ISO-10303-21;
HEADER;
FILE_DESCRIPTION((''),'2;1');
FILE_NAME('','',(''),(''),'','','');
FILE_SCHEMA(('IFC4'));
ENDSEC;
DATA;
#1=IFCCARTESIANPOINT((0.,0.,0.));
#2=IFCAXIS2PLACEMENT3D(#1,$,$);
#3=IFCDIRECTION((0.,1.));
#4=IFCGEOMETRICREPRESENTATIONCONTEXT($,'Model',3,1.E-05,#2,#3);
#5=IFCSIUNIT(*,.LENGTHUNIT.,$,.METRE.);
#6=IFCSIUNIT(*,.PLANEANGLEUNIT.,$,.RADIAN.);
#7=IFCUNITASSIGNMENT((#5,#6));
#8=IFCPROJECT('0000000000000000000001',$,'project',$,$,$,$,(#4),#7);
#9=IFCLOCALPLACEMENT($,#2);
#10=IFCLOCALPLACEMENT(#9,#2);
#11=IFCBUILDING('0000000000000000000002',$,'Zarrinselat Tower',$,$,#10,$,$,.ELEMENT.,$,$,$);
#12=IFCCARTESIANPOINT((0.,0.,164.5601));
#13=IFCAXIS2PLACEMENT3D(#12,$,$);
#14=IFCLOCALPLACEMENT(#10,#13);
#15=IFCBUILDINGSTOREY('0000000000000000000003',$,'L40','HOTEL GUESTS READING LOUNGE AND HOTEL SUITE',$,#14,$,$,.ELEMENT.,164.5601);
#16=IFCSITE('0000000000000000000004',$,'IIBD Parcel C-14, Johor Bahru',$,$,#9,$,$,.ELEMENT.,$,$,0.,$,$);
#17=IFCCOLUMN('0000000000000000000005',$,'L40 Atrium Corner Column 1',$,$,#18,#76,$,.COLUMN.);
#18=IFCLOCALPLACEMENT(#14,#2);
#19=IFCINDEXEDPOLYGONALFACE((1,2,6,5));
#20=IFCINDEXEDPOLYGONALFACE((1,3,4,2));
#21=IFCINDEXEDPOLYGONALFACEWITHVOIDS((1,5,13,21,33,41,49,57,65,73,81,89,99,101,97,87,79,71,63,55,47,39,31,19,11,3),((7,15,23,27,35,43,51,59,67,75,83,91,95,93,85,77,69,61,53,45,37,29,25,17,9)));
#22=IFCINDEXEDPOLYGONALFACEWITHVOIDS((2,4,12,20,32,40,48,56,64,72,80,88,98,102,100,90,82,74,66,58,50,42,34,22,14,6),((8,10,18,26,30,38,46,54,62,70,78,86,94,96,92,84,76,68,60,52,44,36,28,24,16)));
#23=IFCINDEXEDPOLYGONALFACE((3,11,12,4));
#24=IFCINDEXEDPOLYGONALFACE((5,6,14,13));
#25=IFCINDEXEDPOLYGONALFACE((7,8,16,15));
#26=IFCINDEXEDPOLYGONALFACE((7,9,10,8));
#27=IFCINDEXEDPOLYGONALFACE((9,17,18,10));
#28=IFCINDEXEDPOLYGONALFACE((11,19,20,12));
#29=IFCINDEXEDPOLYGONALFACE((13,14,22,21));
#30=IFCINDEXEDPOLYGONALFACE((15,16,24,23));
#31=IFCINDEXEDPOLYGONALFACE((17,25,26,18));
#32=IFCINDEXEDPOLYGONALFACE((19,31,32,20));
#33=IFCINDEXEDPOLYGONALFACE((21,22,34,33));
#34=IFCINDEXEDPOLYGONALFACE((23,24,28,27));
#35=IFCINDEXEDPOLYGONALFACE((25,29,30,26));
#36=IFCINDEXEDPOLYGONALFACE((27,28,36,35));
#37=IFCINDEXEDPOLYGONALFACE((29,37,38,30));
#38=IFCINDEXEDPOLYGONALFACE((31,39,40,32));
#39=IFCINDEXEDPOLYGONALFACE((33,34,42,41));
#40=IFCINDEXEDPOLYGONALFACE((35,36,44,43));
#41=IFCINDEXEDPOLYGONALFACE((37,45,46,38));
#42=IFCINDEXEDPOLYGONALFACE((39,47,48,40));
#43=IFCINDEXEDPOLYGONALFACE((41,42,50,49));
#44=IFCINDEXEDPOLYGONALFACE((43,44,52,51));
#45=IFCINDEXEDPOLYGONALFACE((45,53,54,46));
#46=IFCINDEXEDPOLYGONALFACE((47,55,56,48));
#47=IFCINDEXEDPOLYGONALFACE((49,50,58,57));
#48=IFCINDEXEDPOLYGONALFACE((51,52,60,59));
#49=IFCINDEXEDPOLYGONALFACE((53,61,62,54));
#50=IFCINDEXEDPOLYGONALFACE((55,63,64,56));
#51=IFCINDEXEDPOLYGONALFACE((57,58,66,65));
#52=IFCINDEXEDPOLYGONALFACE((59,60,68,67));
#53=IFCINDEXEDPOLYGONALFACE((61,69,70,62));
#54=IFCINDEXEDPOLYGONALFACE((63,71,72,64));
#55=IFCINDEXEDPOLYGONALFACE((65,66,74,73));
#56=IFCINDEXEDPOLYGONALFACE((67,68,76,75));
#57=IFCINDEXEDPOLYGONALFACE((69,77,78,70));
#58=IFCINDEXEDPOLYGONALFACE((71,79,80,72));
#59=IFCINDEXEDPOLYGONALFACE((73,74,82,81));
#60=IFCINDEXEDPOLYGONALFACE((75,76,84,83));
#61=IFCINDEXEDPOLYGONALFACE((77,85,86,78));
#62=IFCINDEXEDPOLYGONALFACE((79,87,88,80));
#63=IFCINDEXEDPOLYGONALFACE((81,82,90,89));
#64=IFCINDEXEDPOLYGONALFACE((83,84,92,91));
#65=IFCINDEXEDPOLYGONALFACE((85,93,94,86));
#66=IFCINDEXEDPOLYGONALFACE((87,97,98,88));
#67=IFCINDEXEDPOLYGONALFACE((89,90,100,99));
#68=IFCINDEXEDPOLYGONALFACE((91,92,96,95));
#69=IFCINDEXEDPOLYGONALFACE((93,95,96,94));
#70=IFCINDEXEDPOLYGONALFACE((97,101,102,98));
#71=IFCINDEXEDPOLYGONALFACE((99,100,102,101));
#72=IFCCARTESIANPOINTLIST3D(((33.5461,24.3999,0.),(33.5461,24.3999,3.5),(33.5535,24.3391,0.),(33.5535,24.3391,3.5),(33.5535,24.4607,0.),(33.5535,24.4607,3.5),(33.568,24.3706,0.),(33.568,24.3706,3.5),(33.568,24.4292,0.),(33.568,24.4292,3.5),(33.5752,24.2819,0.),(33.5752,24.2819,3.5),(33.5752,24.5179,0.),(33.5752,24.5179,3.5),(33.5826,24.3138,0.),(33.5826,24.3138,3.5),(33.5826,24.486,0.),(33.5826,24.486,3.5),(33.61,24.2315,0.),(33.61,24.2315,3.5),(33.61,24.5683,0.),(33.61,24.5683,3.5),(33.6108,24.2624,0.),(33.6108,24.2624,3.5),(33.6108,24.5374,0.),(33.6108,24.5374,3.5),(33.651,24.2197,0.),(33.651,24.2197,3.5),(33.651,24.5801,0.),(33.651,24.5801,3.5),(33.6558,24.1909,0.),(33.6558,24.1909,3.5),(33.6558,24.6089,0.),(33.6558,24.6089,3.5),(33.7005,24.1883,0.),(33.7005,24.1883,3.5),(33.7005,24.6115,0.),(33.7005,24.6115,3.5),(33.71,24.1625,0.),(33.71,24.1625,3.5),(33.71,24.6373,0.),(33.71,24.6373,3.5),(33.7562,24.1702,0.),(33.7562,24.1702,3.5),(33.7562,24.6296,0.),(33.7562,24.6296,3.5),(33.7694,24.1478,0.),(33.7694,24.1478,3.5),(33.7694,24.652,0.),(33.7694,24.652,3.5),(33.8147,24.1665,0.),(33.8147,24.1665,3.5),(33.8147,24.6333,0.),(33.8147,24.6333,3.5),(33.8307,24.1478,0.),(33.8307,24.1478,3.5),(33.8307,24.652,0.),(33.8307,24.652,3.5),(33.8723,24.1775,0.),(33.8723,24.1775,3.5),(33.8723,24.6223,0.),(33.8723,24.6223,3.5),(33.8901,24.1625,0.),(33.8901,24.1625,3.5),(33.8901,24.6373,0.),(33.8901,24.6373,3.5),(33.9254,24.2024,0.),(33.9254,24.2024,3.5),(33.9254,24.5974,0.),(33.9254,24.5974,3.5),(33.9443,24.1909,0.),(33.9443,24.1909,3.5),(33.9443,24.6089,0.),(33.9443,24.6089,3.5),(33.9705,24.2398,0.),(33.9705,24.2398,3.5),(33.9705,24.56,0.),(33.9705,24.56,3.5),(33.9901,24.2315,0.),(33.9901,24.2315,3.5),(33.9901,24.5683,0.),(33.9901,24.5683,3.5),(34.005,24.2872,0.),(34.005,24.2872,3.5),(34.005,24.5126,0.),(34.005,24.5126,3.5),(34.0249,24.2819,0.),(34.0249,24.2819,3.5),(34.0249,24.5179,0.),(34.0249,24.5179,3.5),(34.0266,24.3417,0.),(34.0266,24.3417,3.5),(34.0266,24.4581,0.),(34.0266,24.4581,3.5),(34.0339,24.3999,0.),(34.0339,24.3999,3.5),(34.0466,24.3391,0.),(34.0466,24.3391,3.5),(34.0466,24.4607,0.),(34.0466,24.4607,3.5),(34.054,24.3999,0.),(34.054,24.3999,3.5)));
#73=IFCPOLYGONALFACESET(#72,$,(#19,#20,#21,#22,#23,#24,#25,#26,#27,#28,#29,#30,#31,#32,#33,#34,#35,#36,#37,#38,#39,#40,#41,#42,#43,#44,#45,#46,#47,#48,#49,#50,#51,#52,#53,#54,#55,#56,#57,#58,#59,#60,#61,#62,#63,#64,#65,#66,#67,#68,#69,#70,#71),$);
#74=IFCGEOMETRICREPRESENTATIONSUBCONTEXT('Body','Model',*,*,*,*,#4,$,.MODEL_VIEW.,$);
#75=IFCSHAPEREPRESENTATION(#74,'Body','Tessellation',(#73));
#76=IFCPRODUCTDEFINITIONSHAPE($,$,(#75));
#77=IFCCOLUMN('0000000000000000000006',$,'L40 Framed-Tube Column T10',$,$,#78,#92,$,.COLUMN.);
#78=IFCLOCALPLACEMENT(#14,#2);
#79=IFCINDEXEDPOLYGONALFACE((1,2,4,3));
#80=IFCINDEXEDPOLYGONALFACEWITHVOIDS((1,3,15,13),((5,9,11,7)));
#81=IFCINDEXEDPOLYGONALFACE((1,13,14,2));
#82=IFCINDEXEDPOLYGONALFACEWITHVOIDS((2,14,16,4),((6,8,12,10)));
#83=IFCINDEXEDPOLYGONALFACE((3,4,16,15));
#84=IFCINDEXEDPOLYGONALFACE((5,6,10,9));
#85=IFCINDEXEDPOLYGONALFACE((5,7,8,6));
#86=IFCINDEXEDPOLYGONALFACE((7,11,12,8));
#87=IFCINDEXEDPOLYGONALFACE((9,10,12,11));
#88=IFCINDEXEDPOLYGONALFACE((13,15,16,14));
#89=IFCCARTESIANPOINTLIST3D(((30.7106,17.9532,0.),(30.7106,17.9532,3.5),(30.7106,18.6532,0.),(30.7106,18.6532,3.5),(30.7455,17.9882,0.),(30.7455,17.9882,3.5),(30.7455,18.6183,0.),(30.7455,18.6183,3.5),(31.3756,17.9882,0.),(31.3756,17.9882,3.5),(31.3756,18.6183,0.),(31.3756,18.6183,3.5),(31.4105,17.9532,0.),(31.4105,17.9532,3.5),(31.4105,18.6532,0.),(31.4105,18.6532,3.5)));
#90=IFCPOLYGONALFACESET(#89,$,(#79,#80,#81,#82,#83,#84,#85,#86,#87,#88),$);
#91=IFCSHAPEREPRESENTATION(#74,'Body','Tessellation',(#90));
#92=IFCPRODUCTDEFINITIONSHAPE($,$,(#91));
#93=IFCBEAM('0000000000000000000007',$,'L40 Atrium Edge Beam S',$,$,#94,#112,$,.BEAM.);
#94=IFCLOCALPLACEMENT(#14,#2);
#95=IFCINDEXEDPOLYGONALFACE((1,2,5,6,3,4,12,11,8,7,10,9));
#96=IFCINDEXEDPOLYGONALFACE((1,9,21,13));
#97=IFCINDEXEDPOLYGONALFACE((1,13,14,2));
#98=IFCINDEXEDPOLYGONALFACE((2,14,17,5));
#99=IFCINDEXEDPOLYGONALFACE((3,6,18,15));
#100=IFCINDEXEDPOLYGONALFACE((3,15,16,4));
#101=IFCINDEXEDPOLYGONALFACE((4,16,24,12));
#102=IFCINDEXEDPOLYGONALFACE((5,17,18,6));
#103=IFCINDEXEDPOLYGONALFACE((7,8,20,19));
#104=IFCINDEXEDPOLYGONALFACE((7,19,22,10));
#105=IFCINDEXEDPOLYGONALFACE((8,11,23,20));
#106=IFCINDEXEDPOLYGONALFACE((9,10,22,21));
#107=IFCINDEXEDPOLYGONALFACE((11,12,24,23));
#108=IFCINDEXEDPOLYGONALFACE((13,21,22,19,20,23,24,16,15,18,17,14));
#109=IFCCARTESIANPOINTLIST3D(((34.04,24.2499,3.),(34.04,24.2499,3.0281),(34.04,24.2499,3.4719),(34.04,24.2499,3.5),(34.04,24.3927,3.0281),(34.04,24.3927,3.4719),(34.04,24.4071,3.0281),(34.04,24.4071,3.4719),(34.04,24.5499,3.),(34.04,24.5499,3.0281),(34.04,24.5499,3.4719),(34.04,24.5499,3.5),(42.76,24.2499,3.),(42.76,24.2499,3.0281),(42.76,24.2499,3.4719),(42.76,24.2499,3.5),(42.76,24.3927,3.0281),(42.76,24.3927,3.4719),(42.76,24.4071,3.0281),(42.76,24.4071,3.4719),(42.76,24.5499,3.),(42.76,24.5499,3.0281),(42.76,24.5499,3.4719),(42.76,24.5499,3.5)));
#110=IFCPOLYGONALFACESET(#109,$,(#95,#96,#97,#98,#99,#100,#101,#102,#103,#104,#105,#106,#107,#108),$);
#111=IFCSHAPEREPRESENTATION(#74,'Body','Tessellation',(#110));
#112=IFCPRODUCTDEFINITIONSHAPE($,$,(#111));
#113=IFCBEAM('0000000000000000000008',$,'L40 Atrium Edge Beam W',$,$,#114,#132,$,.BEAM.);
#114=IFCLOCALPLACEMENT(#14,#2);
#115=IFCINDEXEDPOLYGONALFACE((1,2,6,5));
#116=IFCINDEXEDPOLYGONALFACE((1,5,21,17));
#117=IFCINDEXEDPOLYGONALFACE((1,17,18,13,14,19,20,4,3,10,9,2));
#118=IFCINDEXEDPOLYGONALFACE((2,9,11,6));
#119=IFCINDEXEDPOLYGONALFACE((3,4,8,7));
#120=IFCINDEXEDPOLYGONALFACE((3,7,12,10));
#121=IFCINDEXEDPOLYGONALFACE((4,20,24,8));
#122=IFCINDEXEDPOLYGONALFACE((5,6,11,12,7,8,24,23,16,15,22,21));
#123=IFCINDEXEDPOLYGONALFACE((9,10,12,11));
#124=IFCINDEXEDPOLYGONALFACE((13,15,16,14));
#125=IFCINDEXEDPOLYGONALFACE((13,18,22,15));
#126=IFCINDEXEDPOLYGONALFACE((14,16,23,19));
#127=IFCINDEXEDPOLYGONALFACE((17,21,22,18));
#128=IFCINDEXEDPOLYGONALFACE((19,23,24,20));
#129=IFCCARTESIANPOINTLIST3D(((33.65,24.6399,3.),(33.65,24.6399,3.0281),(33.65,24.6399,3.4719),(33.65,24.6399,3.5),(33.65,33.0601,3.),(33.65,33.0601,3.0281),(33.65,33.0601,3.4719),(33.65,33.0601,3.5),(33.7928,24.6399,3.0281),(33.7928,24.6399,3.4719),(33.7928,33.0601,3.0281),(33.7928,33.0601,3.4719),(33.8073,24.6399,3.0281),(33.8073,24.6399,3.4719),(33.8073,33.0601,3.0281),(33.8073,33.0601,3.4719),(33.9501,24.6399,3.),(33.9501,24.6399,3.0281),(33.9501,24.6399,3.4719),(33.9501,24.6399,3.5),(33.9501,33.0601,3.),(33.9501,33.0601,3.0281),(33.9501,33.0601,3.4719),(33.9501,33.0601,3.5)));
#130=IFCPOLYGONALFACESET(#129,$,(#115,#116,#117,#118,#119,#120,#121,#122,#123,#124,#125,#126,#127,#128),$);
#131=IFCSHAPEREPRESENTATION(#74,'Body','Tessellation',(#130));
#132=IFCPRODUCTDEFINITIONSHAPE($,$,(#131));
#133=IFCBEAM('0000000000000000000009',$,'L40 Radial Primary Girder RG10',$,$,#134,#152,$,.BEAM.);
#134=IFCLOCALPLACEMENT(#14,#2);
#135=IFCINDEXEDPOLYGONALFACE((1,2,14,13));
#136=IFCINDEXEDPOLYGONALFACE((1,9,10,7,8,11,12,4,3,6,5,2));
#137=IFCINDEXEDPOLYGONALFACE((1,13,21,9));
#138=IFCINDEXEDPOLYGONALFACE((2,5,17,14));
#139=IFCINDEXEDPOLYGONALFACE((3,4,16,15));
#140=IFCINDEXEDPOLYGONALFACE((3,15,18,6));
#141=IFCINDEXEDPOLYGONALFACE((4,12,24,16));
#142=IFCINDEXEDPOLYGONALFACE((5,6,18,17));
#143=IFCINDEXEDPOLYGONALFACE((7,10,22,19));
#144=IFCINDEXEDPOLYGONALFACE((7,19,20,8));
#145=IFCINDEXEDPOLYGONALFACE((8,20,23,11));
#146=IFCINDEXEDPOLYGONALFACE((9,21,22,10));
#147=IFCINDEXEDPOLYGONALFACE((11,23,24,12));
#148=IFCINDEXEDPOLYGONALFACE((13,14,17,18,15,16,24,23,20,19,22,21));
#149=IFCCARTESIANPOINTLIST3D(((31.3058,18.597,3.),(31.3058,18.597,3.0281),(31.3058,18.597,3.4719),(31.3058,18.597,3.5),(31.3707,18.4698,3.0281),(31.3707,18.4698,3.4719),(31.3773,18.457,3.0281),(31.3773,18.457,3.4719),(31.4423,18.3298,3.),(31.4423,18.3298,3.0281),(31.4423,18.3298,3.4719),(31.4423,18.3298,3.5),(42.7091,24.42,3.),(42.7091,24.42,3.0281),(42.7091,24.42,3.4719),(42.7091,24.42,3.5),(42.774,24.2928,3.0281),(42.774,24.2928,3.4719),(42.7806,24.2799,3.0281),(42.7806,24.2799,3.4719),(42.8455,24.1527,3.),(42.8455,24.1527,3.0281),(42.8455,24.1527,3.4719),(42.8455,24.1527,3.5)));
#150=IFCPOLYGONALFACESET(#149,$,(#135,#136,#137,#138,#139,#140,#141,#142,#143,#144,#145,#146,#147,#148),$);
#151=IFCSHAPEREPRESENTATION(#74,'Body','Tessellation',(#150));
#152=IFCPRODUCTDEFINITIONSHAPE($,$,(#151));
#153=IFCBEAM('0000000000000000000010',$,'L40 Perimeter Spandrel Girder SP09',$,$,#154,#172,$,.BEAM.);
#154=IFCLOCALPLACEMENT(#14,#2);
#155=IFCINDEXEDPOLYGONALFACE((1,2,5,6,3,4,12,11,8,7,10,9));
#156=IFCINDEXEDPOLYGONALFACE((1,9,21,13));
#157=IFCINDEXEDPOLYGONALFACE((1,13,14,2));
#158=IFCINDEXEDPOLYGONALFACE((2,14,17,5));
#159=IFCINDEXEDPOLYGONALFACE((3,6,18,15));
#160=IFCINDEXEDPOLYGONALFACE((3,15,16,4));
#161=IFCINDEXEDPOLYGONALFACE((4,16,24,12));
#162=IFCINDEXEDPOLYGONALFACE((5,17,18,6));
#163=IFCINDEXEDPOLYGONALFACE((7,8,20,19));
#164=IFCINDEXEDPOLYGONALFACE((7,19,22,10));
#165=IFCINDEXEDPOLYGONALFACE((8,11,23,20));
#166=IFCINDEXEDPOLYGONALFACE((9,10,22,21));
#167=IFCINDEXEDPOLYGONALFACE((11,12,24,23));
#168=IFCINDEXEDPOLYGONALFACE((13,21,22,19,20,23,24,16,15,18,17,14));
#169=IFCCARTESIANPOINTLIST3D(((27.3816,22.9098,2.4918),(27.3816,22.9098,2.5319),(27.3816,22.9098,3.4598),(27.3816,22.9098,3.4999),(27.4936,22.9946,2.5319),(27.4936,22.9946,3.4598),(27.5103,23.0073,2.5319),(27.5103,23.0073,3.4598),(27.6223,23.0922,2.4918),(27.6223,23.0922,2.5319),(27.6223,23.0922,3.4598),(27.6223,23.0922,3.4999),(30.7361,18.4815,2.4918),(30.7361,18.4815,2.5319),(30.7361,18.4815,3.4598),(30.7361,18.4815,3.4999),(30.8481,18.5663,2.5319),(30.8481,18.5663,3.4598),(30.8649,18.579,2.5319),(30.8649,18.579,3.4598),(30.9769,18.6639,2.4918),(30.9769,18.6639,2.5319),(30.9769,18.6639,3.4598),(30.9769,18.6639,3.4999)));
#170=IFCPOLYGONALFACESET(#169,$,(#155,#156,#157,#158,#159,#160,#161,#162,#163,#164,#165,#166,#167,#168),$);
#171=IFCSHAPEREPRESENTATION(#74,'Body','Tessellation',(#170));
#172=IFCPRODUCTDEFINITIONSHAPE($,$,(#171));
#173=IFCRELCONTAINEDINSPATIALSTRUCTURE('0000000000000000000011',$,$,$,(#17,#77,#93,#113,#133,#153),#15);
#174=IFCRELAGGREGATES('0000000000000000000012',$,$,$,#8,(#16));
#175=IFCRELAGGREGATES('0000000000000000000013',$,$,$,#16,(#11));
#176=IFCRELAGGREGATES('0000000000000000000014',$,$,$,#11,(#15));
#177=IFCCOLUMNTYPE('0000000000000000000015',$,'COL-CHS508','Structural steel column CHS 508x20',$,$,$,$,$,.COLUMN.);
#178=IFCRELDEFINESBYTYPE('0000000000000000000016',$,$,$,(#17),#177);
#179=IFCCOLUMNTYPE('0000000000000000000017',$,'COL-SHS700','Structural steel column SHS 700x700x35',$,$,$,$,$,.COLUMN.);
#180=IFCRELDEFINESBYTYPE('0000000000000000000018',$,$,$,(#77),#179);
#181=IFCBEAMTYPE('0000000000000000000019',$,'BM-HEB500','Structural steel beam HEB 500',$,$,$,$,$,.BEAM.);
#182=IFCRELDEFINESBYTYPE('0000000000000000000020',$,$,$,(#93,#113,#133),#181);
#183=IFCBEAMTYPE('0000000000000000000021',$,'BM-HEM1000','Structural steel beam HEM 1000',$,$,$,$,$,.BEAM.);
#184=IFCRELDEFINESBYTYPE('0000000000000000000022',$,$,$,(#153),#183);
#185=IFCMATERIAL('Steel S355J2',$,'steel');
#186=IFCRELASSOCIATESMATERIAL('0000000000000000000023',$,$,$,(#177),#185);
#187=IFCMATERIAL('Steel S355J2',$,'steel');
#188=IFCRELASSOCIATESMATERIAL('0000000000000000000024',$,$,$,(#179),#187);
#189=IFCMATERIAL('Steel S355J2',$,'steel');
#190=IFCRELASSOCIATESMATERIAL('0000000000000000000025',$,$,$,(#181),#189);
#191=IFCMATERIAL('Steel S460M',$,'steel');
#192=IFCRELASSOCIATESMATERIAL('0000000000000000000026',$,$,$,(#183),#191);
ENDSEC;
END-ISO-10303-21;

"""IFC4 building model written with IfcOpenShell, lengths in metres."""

from ifc_helpers import new_model, si_unit, direction, frame, origin, origin_2d, place, context, subcontext, project, spatial, hollow_rectangle, hollow_circle, i_section, extrude, material, material_profile, profile_set, type_object, element, save


model = new_model("IFC4")

# Units and contexts
model_context = context("Model", 3, precision=1e-05, world=origin(), true_north=direction((0.0, 1.0)))
body_context = subcontext(model_context, "Body", "Model", "MODEL_VIEW")
ifc_project = project(units=[si_unit("LENGTHUNIT", "METRE"), si_unit("PLANEANGLEUNIT", "RADIAN")], contexts=[model_context])

# Site, building, storey
site_placement = place(None, origin())
site = spatial("IfcSite", under=ifc_project, at=site_placement, Name="IIBD Parcel C-14, Johor Bahru", CompositionType="ELEMENT", RefElevation=0.0)
building_placement = place(site_placement, origin())
building = spatial("IfcBuilding", under=site, at=building_placement, Name="Zarrinselat Tower", CompositionType="ELEMENT")
storey_placement = place(building_placement, frame((0.0, 0.0, 164.5601)))
storey = spatial("IfcBuildingStorey", under=building, at=storey_placement, Name="L40", Description="HOTEL GUESTS READING LOUNGE AND HOTEL SUITE", CompositionType="ELEMENT", Elevation=164.5601)

# Columns
ifc_material_1 = material(Name="Steel S355J2", Category="steel")
ifc_material_profile_1 = material_profile(ifc_material_1, hollow_circle(Radius=0.2539, WallThickness=0.02, at=origin_2d()), Name="CHS 508x20")
ifc_profile_set_1 = profile_set([ifc_material_profile_1], Name="Steel S355J2")
column_type_1 = type_object("IfcColumnType", Name="COL-CHS508", Description="Structural steel column CHS 508x20", PredefinedType="COLUMN", material=ifc_profile_set_1)
column_1_placement = place(storey_placement, frame((33.8, 24.3999, 0.0), z_axis=(0.0, 0.0, 1.0), x_axis=(1.0, 0.0, 0.0)))
element("IfcColumn", 1, at=column_1_placement, inside=storey, type_object=column_type_1, Name="L40 Atrium Corner Column 1", PredefinedType="COLUMN", context=body_context, shape_type="SweptSolid", body=[
    extrude(hollow_circle(Radius=0.2539, WallThickness=0.02, at=origin_2d()), origin(), (0.0, 0.0, 1.0), 3.5),
])
ifc_material_2 = material(Name="Steel S355J2", Category="steel")
ifc_material_profile_2 = material_profile(ifc_material_2, hollow_rectangle(XDim=0.7, YDim=0.7, WallThickness=0.0349, at=origin_2d()), Name="SHS 700x700x35")
ifc_profile_set_2 = profile_set([ifc_material_profile_2], Name="Steel S355J2")
column_type_2 = type_object("IfcColumnType", Name="COL-SHS700", Description="Structural steel column SHS 700x700x35", PredefinedType="COLUMN", material=ifc_profile_set_2)
column_2_placement = place(storey_placement, frame((31.0605, 18.3032, 0.0), z_axis=(0.0, 0.0, 1.0), x_axis=(1.0, 0.0, 0.0)))
element("IfcColumn", 2, at=column_2_placement, inside=storey, type_object=column_type_2, Name="L40 Framed-Tube Column T10", PredefinedType="COLUMN", context=body_context, shape_type="SweptSolid", body=[
    extrude(hollow_rectangle(XDim=0.7, YDim=0.7, WallThickness=0.0349, at=origin_2d()), origin(), (0.0, 0.0, 1.0), 3.5),
])

# Beams
ifc_material_3 = material(Name="Steel S355J2", Category="steel")
ifc_material_profile_3 = material_profile(ifc_material_3, i_section(OverallWidth=0.3, OverallDepth=0.5, WebThickness=0.0144, FlangeThickness=0.0281, at=origin_2d()), Name="HEB 500")
ifc_profile_set_3 = profile_set([ifc_material_profile_3], Name="Steel S355J2")
beam_type_1 = type_object("IfcBeamType", Name="BM-HEB500", Description="Structural steel beam HEB 500", PredefinedType="BEAM", material=ifc_profile_set_3)
beam_1_placement = place(storey_placement, frame((34.04, 24.3999, 3.25), z_axis=(1.0, 0.0, 0.0), x_axis=(0.0, 1.0, 0.0)))
element("IfcBeam", 3, at=beam_1_placement, inside=storey, type_object=beam_type_1, Name="L40 Atrium Edge Beam S", PredefinedType="BEAM", context=body_context, shape_type="SweptSolid", body=[
    extrude(i_section(OverallWidth=0.3, OverallDepth=0.5, WebThickness=0.0144, FlangeThickness=0.0281, at=origin_2d()), origin(), (0.0, 0.0, 1.0), 8.72),
])
beam_2_placement = place(storey_placement, frame((33.8, 24.6399, 3.25), z_axis=(0.0, 1.0, 0.0), x_axis=(-1.0, 0.0, 0.0)))
element("IfcBeam", 4, at=beam_2_placement, inside=storey, type_object=beam_type_1, Name="L40 Atrium Edge Beam W", PredefinedType="BEAM", context=body_context, shape_type="SweptSolid", body=[
    extrude(i_section(OverallWidth=0.3, OverallDepth=0.5, WebThickness=0.0144, FlangeThickness=0.0281, at=origin_2d()), origin(), (0.0, 0.0, 1.0), 8.4202),
])
beam_3_placement = place(storey_placement, frame((31.374, 18.4634, 3.25), z_axis=(0.890604, 0.454779, 0.0), x_axis=(-0.454779, 0.890604, 0.0)))
element("IfcBeam", 5, at=beam_3_placement, inside=storey, type_object=beam_type_1, Name="L40 Radial Primary Girder RG10", PredefinedType="BEAM", context=body_context, shape_type="SweptSolid", body=[
    extrude(i_section(OverallWidth=0.3, OverallDepth=0.5, WebThickness=0.0144, FlangeThickness=0.0281, at=origin_2d()), origin(), (0.0, 0.0, 1.0), 12.804),
])
ifc_material_4 = material(Name="Steel S460M", Category="steel")
ifc_material_profile_4 = material_profile(ifc_material_4, i_section(OverallWidth=0.302, OverallDepth=1.0081, WebThickness=0.021, FlangeThickness=0.04, at=origin_2d()), Name="HEM 1000")
ifc_profile_set_4 = profile_set([ifc_material_profile_4], Name="Steel S460M")
beam_type_2 = type_object("IfcBeamType", Name="BM-HEM1000", Description="Structural steel beam HEM 1000", PredefinedType="BEAM", material=ifc_profile_set_4)
beam_4_placement = place(storey_placement, frame((27.502, 23.001, 2.9958), z_axis=(0.603832, -0.797111, 0.0), x_axis=(0.797111, 0.603832, 0.0)))
element("IfcBeam", 6, at=beam_4_placement, inside=storey, type_object=beam_type_2, Name="L40 Perimeter Spandrel Girder SP09", PredefinedType="BEAM", context=body_context, shape_type="SweptSolid", body=[
    extrude(i_section(OverallWidth=0.302, OverallDepth=1.0081, WebThickness=0.021, FlangeThickness=0.04, at=origin_2d()), origin(), (0.0, 0.0, 1.0), 5.5554),
])

save(model, "model.ifc")
